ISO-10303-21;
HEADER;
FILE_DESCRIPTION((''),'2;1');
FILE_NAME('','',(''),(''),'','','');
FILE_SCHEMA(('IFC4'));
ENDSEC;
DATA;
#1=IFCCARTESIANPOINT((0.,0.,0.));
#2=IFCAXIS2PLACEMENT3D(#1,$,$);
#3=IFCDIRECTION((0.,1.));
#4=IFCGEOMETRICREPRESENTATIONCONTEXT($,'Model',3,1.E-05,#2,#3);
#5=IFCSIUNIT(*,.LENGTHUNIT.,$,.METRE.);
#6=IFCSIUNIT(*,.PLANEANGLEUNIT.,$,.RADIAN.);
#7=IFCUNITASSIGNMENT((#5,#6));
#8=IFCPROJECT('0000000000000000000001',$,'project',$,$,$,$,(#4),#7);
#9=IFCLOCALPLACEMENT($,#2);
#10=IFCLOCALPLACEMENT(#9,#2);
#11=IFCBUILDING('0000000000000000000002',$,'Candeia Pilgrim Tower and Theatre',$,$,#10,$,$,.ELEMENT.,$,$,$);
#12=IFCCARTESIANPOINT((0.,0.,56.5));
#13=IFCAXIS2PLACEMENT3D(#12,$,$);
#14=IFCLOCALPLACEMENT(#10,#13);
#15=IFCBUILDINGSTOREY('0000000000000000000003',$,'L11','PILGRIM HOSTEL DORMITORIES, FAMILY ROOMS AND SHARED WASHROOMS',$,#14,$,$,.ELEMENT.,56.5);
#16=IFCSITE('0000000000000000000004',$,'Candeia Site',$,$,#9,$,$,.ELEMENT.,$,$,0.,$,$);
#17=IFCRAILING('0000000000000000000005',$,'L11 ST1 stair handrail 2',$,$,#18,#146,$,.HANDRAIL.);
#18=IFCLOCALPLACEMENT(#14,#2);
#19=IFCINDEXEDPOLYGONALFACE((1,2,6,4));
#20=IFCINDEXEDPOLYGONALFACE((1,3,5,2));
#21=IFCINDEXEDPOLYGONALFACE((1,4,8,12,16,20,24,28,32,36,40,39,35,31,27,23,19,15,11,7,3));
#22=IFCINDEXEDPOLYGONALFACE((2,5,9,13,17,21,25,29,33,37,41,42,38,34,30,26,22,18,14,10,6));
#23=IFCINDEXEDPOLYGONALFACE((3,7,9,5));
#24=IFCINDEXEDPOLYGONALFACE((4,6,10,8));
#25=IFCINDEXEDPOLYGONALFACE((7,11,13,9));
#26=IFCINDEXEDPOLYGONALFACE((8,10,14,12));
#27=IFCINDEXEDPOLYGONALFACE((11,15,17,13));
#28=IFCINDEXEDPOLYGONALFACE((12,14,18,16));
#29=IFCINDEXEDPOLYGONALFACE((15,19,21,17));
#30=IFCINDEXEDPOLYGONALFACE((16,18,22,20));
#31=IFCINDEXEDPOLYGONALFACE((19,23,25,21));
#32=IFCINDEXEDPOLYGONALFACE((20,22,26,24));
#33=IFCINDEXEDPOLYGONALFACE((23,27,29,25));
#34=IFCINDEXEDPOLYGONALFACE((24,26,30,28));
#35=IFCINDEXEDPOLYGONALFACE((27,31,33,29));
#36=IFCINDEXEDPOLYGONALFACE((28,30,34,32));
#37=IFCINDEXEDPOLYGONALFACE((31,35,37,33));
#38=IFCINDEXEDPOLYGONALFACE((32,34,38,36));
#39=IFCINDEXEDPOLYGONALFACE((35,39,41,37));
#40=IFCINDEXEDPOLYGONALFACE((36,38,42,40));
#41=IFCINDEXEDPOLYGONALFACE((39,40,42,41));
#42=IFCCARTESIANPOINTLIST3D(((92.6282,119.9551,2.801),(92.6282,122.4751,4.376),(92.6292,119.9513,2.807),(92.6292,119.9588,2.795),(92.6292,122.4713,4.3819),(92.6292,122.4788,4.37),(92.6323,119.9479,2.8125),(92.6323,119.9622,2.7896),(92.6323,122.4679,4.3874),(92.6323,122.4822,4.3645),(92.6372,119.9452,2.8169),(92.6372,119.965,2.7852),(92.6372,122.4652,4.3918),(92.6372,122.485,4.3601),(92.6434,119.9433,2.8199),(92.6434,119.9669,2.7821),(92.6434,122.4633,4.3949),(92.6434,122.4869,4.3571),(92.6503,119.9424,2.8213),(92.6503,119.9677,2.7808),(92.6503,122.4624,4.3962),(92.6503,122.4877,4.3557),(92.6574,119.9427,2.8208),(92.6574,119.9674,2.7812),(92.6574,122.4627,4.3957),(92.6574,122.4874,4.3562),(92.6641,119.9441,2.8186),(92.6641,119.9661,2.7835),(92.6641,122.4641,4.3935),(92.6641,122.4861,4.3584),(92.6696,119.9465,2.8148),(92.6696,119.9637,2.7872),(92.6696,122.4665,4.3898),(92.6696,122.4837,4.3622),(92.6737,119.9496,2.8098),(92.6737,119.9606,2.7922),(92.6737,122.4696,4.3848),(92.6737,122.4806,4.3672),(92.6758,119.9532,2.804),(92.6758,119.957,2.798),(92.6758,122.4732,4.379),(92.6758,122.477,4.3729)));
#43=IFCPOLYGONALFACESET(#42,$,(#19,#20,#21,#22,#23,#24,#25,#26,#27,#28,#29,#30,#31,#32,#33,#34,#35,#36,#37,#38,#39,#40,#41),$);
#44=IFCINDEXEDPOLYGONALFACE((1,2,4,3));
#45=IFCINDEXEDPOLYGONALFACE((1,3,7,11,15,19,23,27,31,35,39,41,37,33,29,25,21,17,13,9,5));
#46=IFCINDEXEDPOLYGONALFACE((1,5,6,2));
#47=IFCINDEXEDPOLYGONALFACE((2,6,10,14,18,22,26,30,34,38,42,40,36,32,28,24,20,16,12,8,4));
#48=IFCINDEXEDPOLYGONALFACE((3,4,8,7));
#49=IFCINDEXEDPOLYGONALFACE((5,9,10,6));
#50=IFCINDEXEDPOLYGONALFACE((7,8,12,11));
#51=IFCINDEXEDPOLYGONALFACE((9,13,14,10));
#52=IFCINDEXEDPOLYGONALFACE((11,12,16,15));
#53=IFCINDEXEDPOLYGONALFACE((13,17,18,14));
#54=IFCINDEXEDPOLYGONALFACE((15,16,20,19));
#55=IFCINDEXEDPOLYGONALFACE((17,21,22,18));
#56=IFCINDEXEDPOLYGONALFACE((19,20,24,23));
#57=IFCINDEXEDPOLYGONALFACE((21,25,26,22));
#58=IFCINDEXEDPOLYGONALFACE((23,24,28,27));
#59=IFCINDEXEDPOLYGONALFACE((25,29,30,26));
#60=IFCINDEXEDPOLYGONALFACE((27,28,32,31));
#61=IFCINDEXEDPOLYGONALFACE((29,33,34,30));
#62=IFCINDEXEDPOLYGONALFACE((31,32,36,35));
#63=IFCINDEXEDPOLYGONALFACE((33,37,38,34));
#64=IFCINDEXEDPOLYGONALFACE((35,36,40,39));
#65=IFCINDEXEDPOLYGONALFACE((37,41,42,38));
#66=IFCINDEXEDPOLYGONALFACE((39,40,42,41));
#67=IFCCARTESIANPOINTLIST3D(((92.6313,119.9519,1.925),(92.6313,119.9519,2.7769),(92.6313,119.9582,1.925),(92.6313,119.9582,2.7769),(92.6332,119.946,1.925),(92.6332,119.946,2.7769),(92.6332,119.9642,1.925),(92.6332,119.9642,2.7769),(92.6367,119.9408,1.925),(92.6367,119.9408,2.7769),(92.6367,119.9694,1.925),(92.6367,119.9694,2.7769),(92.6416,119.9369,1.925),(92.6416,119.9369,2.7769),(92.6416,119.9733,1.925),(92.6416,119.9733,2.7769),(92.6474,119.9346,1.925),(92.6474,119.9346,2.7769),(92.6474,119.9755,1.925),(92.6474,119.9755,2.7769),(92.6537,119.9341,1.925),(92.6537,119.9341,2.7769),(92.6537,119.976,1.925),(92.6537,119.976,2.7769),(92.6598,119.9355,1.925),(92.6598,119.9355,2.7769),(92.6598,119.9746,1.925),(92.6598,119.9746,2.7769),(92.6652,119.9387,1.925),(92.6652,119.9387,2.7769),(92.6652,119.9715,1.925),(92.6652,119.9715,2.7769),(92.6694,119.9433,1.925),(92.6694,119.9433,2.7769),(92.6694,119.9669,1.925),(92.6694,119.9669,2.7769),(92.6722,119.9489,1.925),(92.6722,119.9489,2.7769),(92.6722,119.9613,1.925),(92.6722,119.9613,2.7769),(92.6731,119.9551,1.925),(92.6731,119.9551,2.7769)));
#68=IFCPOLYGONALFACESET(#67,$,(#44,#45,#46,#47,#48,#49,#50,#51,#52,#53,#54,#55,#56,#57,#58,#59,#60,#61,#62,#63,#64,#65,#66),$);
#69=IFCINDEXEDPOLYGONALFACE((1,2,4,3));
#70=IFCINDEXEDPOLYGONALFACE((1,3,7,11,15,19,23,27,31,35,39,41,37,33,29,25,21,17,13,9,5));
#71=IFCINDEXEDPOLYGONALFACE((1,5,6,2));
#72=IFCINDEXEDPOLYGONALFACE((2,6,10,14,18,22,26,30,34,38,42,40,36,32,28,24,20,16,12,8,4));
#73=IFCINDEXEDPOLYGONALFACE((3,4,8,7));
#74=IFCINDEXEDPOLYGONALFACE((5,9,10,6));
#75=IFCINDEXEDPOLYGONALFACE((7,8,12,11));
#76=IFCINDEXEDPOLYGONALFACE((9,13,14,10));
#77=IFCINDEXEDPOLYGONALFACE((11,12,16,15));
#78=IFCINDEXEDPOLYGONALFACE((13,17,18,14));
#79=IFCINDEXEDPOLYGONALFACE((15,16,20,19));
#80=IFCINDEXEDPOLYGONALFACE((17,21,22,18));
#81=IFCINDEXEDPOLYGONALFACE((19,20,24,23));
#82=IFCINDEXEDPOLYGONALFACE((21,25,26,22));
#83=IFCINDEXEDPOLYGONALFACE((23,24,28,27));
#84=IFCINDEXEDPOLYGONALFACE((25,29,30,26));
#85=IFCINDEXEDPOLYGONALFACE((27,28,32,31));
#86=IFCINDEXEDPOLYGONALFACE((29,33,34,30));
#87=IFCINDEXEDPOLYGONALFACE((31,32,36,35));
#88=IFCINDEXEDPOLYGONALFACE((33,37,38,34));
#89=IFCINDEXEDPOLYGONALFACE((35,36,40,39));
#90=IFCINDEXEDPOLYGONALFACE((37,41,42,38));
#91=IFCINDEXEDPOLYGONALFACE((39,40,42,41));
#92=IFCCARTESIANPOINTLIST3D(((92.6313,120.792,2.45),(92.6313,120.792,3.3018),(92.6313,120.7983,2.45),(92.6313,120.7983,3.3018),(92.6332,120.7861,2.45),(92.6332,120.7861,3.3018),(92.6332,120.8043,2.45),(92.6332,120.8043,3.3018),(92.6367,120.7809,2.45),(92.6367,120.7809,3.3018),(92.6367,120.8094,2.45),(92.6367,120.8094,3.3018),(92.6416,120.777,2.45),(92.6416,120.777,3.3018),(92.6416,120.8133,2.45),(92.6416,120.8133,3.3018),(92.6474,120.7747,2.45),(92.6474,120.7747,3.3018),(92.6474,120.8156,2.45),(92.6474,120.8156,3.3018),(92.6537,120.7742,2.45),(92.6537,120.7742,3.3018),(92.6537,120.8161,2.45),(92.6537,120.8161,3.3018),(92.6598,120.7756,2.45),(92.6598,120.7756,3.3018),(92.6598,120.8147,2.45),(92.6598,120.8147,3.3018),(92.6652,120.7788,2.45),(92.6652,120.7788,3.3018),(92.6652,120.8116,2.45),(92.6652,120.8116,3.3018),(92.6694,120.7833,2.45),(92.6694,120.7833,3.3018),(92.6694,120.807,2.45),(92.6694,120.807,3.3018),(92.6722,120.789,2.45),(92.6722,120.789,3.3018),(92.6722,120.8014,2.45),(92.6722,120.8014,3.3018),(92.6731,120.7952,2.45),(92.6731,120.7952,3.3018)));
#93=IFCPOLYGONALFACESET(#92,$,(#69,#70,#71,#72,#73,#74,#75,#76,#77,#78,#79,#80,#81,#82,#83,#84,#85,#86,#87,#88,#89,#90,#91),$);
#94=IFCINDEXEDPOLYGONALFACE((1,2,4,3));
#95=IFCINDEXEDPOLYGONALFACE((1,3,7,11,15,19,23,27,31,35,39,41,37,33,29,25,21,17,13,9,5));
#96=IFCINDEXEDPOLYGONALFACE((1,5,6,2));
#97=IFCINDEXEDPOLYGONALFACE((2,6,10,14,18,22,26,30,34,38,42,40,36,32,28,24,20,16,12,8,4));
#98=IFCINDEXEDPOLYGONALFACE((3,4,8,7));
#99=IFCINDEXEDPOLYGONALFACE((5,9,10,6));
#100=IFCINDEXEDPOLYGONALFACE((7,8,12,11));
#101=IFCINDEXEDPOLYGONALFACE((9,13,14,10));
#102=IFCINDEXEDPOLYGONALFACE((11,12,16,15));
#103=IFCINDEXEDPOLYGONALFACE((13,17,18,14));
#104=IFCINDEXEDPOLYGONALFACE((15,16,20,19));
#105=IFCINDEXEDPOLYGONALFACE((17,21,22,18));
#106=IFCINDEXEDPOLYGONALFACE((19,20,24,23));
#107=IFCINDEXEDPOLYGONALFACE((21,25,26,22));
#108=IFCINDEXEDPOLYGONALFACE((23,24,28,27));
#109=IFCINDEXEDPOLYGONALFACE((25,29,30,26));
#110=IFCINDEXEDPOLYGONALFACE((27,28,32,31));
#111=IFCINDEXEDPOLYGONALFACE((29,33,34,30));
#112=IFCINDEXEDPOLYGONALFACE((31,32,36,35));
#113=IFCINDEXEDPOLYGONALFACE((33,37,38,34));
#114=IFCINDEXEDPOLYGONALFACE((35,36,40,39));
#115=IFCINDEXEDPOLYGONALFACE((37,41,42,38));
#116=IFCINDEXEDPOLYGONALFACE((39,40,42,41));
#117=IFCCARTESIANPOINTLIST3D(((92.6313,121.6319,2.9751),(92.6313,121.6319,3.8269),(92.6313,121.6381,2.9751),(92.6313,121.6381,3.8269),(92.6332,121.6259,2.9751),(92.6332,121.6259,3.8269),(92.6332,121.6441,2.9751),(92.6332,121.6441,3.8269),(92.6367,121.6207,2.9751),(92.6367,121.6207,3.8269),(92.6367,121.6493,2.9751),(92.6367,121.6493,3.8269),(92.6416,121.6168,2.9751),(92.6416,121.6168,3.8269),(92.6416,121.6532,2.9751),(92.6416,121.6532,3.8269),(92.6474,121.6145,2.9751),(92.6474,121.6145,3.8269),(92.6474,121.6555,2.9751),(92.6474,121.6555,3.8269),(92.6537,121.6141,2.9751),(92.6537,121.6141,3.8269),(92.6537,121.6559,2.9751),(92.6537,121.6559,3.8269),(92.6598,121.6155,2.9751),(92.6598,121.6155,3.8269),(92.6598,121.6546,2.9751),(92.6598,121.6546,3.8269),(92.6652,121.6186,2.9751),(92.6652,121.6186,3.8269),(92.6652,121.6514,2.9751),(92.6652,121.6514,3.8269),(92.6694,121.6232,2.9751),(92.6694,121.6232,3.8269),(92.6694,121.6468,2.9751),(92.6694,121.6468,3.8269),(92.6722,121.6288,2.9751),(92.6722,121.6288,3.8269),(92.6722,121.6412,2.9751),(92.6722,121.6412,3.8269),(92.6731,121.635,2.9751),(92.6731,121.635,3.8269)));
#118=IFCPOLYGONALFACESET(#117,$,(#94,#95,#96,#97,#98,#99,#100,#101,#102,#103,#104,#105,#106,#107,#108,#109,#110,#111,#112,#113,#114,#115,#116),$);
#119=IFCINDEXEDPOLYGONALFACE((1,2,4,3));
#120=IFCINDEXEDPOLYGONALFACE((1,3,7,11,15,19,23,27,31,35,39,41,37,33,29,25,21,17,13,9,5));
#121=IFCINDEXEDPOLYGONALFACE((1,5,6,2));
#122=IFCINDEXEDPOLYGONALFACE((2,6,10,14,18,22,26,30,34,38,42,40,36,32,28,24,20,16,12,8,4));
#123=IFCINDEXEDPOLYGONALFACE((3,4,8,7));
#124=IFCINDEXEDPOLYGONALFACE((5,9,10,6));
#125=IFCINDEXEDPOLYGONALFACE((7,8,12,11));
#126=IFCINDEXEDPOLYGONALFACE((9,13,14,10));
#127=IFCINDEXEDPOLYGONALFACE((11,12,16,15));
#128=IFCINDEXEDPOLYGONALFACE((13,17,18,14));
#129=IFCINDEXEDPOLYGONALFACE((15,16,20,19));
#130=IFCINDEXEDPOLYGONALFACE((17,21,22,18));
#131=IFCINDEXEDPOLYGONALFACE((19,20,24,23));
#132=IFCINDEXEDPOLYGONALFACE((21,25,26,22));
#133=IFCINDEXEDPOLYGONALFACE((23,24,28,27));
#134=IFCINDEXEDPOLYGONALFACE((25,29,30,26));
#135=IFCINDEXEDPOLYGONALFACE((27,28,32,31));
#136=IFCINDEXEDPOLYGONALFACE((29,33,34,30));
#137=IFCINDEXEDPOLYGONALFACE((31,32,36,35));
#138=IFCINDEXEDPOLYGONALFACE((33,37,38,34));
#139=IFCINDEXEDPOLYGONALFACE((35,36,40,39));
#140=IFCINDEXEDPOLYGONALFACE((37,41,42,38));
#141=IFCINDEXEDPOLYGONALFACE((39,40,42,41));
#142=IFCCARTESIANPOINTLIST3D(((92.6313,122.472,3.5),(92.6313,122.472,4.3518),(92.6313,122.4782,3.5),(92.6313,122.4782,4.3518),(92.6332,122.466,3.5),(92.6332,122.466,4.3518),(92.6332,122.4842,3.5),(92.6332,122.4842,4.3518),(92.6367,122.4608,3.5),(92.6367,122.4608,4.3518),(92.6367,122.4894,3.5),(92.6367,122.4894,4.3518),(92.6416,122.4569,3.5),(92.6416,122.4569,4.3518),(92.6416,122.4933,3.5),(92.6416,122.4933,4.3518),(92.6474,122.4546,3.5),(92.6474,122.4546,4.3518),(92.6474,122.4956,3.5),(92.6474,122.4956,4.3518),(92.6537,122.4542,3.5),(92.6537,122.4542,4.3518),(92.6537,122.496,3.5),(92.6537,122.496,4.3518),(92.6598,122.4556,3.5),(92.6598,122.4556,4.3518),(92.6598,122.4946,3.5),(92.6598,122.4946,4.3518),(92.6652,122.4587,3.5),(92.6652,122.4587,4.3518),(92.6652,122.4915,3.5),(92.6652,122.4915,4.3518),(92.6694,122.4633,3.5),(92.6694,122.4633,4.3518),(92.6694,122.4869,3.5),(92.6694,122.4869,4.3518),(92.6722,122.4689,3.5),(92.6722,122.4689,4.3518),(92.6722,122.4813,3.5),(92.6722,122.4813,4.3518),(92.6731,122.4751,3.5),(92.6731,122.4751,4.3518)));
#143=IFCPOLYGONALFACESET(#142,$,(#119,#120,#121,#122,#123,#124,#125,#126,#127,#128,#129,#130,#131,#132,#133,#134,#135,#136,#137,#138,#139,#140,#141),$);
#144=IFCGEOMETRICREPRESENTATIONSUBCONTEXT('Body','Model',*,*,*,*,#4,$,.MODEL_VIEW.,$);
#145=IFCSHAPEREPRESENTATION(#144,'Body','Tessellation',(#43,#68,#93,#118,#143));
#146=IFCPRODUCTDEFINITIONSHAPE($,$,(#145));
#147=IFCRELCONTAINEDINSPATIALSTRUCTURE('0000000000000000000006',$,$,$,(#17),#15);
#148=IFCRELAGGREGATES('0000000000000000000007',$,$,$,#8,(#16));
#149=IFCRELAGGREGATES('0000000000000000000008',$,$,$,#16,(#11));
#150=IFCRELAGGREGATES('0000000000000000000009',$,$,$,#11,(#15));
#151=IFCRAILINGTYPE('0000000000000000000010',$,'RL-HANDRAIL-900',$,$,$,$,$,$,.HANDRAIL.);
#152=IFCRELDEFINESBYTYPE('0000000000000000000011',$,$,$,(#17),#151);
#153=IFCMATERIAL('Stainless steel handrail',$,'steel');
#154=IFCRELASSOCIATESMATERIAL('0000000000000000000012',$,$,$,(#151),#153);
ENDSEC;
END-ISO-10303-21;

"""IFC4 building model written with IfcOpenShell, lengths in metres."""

from ifc_helpers import new_model, si_unit, direction, frame, origin, origin_2d, place, context, subcontext, project, spatial, circle, extrude, material, type_object, element, save


model = new_model("IFC4")

# Units and contexts
model_context = context("Model", 3, precision=1e-05, world=origin(), true_north=direction((0.0, 1.0)))
body_context = subcontext(model_context, "Body", "Model", "MODEL_VIEW")
ifc_project = project(units=[si_unit("LENGTHUNIT", "METRE"), si_unit("PLANEANGLEUNIT", "RADIAN")], contexts=[model_context])

# Site, building, storey
site_placement = place(None, origin())
site = spatial("IfcSite", under=ifc_project, at=site_placement, Name="Candeia Site", CompositionType="ELEMENT", RefElevation=0.0)
building_placement = place(site_placement, origin())
building = spatial("IfcBuilding", under=site, at=building_placement, Name="Candeia Pilgrim Tower and Theatre", CompositionType="ELEMENT")
storey_placement = place(building_placement, frame((0.0, 0.0, 56.5)))
storey = spatial("IfcBuildingStorey", under=building, at=storey_placement, Name="L11", Description="PILGRIM HOSTEL DORMITORIES, FAMILY ROOMS AND SHARED WASHROOMS", CompositionType="ELEMENT", Elevation=56.5)

# Railing
ifc_material_1 = material(Name="Stainless steel handrail", Category="steel")
railing_type = type_object("IfcRailingType", Name="RL-HANDRAIL-900", PredefinedType="HANDRAIL", material=ifc_material_1)
railing_placement = place(storey_placement, frame((92.6521, 119.9551, 1.925)))
element("IfcRailing", 1, at=railing_placement, inside=storey, type_object=railing_type, Name="L11 ST1 stair handrail 2", PredefinedType="HANDRAIL", context=body_context, shape_type="SweptSolid", body=[
    extrude(circle(Radius=0.0239, at=origin_2d()), frame((0.0, 0.0, 0.876), z_axis=(0.0, 0.848008, 0.529984), x_axis=(-1.0, 0.0, 0.0)), (0.0, 0.0, 1.0), 2.9717),
    extrude(circle(Radius=0.021, at=origin_2d()), origin(), (0.0, 0.0, 1.0), 0.8518),
    extrude(circle(Radius=0.021, at=origin_2d()), frame((0.0, 0.8401, 0.5249)), (0.0, 0.0, 1.0), 0.8518),
    extrude(circle(Radius=0.021, at=origin_2d()), frame((0.0, 1.6799, 1.05)), (0.0, 0.0, 1.0), 0.8518),
    extrude(circle(Radius=0.021, at=origin_2d()), frame((0.0, 2.52, 1.575)), (0.0, 0.0, 1.0), 0.8518),
])

save(model, "model.ifc")
